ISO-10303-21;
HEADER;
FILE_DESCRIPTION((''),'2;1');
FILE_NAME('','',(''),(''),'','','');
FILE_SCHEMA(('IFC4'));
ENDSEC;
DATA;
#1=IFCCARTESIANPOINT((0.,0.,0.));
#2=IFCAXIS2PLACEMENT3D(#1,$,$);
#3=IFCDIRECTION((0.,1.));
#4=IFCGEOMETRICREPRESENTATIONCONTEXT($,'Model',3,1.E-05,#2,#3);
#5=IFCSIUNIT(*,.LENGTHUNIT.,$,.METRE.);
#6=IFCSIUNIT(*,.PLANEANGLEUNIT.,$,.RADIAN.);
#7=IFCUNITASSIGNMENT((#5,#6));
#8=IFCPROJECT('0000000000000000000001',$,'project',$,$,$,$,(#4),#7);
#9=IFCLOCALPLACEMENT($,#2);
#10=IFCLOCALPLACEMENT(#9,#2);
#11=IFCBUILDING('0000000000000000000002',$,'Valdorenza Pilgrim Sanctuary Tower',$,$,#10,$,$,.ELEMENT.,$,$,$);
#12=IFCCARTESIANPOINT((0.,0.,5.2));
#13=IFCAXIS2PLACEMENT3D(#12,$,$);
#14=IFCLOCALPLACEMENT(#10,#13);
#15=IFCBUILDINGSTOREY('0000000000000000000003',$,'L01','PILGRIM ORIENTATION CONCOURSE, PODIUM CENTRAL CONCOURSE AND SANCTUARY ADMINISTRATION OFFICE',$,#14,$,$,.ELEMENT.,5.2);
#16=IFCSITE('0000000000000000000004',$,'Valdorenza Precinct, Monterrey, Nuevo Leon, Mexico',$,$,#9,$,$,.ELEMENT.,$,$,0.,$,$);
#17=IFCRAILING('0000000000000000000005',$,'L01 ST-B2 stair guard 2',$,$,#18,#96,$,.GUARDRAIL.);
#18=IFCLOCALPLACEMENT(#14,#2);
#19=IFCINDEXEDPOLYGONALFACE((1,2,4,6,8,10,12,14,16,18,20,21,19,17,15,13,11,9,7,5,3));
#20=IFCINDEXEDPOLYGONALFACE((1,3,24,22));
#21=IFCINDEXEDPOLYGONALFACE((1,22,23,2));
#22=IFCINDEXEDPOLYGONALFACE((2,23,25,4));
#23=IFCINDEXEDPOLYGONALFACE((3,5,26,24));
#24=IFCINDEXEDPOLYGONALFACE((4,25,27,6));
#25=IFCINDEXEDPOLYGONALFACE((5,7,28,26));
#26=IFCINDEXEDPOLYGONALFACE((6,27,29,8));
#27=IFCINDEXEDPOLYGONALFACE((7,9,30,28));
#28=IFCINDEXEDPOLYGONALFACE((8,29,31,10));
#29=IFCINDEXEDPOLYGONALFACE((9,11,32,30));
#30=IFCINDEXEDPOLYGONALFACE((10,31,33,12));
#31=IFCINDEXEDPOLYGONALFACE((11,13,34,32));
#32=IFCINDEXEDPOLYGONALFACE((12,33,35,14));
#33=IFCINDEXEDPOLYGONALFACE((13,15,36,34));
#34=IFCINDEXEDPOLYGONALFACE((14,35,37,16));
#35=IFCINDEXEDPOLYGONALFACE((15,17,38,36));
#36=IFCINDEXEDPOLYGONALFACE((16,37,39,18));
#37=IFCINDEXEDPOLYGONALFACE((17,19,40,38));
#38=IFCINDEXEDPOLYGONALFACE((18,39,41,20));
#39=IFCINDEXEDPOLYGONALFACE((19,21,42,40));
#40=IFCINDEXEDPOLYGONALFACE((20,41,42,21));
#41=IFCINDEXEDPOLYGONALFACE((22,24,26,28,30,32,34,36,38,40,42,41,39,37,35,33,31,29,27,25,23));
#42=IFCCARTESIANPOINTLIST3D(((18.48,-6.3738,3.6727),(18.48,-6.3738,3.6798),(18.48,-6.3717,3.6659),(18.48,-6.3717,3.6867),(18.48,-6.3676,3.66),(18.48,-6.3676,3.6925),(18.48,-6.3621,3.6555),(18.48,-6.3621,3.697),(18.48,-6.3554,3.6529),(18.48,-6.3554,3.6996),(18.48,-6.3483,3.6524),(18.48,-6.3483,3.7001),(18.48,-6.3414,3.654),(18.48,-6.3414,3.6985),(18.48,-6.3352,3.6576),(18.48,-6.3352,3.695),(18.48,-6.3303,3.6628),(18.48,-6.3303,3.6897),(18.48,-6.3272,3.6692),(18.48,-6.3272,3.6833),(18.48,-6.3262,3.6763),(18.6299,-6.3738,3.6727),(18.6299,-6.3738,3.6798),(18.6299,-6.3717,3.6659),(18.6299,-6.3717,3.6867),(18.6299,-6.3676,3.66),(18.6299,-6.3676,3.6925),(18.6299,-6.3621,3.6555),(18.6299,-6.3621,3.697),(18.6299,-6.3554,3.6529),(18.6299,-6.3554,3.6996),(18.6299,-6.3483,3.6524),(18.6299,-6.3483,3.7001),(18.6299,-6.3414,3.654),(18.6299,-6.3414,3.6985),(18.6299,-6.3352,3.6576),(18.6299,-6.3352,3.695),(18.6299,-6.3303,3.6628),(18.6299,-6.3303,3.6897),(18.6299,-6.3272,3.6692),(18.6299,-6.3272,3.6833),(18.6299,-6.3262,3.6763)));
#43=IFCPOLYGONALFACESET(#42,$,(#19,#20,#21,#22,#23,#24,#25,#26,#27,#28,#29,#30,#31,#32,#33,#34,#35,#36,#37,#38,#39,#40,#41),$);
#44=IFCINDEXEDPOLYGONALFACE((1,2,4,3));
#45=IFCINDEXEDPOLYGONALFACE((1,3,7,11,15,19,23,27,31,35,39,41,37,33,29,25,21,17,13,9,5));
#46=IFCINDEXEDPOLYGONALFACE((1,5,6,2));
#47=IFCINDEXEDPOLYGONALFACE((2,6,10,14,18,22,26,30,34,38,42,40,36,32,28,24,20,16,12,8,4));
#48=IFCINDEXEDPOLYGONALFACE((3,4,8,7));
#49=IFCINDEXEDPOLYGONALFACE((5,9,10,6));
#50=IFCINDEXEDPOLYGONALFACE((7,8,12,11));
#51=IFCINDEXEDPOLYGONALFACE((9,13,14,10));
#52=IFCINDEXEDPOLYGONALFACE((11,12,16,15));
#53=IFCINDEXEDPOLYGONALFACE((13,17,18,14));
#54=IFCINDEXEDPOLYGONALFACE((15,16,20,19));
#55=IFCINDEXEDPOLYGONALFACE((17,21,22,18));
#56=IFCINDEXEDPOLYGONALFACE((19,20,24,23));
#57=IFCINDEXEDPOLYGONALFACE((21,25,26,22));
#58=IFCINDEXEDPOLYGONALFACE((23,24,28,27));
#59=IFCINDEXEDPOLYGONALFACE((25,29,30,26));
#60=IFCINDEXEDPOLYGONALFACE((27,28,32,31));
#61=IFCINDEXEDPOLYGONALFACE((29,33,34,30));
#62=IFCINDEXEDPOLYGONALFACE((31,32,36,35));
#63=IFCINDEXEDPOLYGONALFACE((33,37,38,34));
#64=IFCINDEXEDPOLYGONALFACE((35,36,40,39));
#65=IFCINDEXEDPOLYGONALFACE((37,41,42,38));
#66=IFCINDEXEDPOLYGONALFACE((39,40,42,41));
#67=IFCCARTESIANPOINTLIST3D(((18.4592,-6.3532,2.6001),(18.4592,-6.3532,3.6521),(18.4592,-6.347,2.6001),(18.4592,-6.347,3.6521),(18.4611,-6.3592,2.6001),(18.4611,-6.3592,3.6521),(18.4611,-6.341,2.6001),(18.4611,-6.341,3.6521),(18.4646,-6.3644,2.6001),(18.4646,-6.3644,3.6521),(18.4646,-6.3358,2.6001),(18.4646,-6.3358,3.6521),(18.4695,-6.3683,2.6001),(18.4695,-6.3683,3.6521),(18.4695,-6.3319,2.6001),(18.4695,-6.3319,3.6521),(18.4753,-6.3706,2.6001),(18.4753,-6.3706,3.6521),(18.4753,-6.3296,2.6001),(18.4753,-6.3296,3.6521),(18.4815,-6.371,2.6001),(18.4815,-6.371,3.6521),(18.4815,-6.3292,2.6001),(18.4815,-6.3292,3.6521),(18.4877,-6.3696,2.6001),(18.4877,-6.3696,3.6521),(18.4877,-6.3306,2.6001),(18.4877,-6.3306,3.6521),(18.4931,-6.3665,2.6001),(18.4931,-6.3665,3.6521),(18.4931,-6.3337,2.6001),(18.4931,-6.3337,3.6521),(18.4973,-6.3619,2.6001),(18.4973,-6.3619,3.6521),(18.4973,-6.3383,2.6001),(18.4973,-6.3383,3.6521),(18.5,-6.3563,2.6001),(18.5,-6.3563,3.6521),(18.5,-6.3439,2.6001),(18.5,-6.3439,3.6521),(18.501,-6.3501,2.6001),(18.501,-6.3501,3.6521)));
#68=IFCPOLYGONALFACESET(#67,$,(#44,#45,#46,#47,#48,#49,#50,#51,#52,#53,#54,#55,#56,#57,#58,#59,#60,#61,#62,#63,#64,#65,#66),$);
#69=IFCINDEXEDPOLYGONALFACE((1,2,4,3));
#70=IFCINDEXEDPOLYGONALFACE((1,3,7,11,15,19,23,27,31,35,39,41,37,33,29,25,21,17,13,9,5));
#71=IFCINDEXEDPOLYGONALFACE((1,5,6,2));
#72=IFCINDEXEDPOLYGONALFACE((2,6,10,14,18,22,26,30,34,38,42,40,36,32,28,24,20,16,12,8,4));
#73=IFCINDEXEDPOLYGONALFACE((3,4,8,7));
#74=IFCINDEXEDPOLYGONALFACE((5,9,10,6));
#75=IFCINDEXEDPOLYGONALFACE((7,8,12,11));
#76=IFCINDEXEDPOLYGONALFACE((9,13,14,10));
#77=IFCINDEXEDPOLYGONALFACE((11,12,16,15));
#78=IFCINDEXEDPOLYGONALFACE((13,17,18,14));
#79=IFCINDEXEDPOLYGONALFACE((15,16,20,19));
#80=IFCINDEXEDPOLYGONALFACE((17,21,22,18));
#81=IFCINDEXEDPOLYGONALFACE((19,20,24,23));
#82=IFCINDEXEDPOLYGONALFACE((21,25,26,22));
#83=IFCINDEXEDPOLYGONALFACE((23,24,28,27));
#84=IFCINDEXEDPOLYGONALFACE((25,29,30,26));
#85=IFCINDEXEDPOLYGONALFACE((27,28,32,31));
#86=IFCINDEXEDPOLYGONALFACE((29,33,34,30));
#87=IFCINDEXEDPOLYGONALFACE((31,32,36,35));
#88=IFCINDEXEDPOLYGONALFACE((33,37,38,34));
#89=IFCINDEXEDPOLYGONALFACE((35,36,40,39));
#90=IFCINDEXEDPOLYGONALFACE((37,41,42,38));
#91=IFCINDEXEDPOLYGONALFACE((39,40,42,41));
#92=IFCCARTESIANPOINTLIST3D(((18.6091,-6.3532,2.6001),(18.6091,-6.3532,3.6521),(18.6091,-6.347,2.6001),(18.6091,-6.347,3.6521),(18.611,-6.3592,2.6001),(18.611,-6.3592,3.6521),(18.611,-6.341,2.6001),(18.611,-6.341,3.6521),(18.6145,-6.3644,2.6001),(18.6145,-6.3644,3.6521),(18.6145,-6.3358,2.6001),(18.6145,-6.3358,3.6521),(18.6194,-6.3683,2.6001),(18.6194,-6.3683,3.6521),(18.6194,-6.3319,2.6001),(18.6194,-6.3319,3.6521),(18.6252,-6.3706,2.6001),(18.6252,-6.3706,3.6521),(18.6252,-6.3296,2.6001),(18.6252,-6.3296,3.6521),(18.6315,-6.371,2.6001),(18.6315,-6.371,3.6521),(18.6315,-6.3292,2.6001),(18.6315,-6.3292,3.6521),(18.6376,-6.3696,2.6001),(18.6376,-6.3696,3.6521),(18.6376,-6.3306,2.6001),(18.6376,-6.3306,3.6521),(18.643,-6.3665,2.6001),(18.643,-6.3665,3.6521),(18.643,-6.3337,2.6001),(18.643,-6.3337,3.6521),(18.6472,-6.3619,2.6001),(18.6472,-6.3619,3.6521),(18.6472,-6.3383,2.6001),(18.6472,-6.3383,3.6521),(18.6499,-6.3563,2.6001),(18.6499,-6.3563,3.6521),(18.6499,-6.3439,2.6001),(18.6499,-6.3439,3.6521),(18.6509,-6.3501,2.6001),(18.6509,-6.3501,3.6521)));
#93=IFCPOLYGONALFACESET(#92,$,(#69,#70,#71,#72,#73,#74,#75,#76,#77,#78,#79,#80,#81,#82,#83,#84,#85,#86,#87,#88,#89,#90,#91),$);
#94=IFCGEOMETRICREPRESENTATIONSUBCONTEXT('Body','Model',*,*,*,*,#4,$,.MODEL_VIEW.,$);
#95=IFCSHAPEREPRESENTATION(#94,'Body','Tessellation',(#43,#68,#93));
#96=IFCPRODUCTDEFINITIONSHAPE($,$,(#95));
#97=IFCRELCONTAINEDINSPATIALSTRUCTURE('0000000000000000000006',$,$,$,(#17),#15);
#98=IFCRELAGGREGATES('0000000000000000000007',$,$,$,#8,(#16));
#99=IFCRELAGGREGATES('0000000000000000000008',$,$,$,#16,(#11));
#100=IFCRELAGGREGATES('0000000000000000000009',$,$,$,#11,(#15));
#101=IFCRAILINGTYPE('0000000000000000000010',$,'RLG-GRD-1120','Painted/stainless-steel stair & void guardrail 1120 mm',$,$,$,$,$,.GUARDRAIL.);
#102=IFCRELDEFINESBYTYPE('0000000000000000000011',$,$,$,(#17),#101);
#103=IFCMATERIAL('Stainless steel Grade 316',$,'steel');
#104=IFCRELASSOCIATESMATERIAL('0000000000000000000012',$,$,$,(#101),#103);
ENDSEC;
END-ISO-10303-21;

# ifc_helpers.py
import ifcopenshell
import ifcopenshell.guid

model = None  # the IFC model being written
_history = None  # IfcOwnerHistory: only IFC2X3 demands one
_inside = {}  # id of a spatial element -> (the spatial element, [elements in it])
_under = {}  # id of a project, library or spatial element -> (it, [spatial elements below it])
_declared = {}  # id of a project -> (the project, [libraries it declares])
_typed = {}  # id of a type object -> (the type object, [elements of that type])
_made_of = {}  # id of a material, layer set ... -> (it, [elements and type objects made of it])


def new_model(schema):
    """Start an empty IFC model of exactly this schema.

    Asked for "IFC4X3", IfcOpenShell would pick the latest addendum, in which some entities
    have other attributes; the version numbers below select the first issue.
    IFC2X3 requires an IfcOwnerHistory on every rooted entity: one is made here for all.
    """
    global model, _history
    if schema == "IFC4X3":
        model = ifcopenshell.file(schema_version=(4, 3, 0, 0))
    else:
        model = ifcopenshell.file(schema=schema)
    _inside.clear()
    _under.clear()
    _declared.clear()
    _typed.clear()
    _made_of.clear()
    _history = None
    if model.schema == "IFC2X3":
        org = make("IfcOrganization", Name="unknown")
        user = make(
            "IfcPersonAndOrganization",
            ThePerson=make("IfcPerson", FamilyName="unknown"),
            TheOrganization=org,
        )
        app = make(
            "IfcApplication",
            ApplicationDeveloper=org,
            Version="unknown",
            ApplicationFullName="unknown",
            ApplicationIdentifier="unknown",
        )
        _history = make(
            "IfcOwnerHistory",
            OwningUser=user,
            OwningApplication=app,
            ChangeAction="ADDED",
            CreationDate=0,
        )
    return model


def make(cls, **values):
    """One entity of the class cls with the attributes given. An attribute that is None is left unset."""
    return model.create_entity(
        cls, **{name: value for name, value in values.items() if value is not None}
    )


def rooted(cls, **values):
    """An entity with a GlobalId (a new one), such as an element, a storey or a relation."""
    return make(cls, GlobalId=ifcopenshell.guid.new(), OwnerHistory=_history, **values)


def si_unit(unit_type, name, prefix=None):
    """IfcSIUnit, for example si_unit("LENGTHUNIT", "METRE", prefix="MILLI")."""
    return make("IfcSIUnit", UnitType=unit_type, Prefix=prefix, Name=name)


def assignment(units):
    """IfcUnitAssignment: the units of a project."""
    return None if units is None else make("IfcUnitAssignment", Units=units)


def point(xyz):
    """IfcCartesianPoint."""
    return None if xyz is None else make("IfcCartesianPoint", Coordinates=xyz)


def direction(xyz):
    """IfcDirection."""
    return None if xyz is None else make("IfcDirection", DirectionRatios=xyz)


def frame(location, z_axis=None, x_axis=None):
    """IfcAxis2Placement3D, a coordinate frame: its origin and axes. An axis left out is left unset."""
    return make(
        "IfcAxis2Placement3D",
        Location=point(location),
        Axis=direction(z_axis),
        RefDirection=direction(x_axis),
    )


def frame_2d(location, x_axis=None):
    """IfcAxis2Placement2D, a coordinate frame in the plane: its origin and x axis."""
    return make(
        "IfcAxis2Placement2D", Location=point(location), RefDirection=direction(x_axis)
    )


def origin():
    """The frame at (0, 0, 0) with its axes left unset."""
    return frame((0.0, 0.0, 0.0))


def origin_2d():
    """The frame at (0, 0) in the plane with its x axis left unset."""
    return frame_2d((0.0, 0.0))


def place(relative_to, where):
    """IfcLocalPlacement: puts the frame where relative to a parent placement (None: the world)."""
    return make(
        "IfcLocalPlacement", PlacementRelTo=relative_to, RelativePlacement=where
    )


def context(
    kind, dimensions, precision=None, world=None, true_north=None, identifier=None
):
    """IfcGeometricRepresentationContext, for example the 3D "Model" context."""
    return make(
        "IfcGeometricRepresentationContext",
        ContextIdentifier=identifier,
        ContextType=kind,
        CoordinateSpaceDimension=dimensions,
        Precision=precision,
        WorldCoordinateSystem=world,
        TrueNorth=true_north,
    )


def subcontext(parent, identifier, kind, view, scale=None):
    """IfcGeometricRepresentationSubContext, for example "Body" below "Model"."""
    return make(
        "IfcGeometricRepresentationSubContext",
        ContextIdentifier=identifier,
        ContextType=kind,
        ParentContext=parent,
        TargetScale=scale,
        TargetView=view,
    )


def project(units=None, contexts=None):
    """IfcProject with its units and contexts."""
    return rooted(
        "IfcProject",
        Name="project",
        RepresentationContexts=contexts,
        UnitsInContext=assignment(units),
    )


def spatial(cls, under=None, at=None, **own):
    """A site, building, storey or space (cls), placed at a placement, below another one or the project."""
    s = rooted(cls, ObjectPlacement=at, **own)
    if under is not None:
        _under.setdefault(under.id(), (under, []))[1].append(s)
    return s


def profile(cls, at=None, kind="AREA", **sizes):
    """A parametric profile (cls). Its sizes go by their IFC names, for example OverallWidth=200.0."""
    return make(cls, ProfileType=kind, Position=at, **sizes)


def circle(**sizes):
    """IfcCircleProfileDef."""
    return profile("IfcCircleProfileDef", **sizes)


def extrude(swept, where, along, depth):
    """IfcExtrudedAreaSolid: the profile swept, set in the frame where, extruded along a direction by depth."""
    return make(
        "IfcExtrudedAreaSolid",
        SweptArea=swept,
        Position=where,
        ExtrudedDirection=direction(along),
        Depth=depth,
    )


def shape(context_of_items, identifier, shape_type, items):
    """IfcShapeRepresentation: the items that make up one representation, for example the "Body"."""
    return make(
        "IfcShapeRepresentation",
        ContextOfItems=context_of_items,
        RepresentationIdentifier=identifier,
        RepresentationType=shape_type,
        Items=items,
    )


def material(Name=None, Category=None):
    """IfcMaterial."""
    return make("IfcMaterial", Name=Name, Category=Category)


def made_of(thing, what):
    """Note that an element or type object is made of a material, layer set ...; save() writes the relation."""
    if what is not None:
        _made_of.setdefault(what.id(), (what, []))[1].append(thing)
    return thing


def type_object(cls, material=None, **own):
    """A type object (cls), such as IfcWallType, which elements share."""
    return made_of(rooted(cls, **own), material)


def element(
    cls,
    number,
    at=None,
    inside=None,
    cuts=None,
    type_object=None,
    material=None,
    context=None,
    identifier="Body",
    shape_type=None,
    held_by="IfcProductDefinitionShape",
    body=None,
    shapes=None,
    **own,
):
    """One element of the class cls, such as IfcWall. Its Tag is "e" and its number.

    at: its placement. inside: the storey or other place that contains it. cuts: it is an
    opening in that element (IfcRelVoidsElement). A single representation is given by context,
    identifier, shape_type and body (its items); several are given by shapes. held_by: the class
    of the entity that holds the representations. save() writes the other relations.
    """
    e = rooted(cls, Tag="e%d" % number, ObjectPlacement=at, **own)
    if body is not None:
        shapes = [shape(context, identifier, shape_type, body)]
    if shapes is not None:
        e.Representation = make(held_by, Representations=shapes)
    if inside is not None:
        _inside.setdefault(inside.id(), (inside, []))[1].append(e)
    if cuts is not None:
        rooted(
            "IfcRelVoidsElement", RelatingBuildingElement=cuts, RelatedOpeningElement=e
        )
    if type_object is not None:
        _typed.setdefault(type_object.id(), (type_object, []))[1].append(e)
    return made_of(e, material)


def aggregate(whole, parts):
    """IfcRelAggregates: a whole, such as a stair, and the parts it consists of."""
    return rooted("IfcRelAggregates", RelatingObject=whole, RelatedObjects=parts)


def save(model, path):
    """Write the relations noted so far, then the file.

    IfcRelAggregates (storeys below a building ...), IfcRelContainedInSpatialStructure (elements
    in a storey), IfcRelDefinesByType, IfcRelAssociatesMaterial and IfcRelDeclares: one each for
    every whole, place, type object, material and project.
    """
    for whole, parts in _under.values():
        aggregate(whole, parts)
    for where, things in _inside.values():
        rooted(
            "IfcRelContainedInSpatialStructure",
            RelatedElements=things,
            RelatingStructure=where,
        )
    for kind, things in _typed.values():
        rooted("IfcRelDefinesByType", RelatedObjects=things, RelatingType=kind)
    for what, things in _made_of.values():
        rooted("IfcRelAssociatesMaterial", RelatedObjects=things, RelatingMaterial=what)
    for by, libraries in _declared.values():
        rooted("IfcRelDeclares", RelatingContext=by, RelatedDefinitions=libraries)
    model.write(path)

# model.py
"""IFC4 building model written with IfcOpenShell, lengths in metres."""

from ifc_helpers import new_model, si_unit, direction, frame, origin, origin_2d, place, context, subcontext, project, spatial, circle, extrude, material, type_object, element, save


model = new_model("IFC4")

# Units and contexts
model_context = context("Model", 3, precision=1e-05, world=origin(), true_north=direction((0.0, 1.0)))
body_context = subcontext(model_context, "Body", "Model", "MODEL_VIEW")
ifc_project = project(units=[si_unit("LENGTHUNIT", "METRE"), si_unit("PLANEANGLEUNIT", "RADIAN")], contexts=[model_context])

# Site, building, storey
site_placement = place(None, origin())
site = spatial("IfcSite", under=ifc_project, at=site_placement, Name="Valdorenza Precinct, Monterrey, Nuevo Leon, Mexico", CompositionType="ELEMENT", RefElevation=0.0)
building_placement = place(site_placement, origin())
building = spatial("IfcBuilding", under=site, at=building_placement, Name="Valdorenza Pilgrim Sanctuary Tower", CompositionType="ELEMENT")
storey_placement = place(building_placement, frame((0.0, 0.0, 5.2)))
storey = spatial("IfcBuildingStorey", under=building, at=storey_placement, Name="L01", Description="PILGRIM ORIENTATION CONCOURSE, PODIUM CENTRAL CONCOURSE AND SANCTUARY ADMINISTRATION OFFICE", CompositionType="ELEMENT", Elevation=5.2)

# Railing
ifc_material_1 = material(Name="Stainless steel Grade 316", Category="steel")
railing_type_1 = type_object("IfcRailingType", Name="RLG-GRD-1120", Description="Painted/stainless-steel stair & void guardrail 1120 mm", PredefinedType="GUARDRAIL", material=ifc_material_1)
railing_1_placement = place(storey_placement, frame((18.48, -6.3501, 2.6001)))
element("IfcRailing", 1, at=railing_1_placement, inside=storey, type_object=railing_type_1, Name="L01 ST-B2 stair guard 2", PredefinedType="GUARDRAIL", context=body_context, shape_type="SweptSolid", body=[
    extrude(circle(Radius=0.0239, at=origin_2d()), frame((0.0, 0.0, 1.0762), z_axis=(1.0, 0.0, 0.0), x_axis=(0.0, 1.0, 0.0)), (0.0, 0.0, 1.0), 0.1499),
    extrude(circle(Radius=0.021, at=origin_2d()), origin(), (0.0, 0.0, 1.0), 1.052),
    extrude(circle(Radius=0.021, at=origin_2d()), frame((0.1499, 0.0, 0.0)), (0.0, 0.0, 1.0), 1.052),
])

save(model, "model.ifc")
